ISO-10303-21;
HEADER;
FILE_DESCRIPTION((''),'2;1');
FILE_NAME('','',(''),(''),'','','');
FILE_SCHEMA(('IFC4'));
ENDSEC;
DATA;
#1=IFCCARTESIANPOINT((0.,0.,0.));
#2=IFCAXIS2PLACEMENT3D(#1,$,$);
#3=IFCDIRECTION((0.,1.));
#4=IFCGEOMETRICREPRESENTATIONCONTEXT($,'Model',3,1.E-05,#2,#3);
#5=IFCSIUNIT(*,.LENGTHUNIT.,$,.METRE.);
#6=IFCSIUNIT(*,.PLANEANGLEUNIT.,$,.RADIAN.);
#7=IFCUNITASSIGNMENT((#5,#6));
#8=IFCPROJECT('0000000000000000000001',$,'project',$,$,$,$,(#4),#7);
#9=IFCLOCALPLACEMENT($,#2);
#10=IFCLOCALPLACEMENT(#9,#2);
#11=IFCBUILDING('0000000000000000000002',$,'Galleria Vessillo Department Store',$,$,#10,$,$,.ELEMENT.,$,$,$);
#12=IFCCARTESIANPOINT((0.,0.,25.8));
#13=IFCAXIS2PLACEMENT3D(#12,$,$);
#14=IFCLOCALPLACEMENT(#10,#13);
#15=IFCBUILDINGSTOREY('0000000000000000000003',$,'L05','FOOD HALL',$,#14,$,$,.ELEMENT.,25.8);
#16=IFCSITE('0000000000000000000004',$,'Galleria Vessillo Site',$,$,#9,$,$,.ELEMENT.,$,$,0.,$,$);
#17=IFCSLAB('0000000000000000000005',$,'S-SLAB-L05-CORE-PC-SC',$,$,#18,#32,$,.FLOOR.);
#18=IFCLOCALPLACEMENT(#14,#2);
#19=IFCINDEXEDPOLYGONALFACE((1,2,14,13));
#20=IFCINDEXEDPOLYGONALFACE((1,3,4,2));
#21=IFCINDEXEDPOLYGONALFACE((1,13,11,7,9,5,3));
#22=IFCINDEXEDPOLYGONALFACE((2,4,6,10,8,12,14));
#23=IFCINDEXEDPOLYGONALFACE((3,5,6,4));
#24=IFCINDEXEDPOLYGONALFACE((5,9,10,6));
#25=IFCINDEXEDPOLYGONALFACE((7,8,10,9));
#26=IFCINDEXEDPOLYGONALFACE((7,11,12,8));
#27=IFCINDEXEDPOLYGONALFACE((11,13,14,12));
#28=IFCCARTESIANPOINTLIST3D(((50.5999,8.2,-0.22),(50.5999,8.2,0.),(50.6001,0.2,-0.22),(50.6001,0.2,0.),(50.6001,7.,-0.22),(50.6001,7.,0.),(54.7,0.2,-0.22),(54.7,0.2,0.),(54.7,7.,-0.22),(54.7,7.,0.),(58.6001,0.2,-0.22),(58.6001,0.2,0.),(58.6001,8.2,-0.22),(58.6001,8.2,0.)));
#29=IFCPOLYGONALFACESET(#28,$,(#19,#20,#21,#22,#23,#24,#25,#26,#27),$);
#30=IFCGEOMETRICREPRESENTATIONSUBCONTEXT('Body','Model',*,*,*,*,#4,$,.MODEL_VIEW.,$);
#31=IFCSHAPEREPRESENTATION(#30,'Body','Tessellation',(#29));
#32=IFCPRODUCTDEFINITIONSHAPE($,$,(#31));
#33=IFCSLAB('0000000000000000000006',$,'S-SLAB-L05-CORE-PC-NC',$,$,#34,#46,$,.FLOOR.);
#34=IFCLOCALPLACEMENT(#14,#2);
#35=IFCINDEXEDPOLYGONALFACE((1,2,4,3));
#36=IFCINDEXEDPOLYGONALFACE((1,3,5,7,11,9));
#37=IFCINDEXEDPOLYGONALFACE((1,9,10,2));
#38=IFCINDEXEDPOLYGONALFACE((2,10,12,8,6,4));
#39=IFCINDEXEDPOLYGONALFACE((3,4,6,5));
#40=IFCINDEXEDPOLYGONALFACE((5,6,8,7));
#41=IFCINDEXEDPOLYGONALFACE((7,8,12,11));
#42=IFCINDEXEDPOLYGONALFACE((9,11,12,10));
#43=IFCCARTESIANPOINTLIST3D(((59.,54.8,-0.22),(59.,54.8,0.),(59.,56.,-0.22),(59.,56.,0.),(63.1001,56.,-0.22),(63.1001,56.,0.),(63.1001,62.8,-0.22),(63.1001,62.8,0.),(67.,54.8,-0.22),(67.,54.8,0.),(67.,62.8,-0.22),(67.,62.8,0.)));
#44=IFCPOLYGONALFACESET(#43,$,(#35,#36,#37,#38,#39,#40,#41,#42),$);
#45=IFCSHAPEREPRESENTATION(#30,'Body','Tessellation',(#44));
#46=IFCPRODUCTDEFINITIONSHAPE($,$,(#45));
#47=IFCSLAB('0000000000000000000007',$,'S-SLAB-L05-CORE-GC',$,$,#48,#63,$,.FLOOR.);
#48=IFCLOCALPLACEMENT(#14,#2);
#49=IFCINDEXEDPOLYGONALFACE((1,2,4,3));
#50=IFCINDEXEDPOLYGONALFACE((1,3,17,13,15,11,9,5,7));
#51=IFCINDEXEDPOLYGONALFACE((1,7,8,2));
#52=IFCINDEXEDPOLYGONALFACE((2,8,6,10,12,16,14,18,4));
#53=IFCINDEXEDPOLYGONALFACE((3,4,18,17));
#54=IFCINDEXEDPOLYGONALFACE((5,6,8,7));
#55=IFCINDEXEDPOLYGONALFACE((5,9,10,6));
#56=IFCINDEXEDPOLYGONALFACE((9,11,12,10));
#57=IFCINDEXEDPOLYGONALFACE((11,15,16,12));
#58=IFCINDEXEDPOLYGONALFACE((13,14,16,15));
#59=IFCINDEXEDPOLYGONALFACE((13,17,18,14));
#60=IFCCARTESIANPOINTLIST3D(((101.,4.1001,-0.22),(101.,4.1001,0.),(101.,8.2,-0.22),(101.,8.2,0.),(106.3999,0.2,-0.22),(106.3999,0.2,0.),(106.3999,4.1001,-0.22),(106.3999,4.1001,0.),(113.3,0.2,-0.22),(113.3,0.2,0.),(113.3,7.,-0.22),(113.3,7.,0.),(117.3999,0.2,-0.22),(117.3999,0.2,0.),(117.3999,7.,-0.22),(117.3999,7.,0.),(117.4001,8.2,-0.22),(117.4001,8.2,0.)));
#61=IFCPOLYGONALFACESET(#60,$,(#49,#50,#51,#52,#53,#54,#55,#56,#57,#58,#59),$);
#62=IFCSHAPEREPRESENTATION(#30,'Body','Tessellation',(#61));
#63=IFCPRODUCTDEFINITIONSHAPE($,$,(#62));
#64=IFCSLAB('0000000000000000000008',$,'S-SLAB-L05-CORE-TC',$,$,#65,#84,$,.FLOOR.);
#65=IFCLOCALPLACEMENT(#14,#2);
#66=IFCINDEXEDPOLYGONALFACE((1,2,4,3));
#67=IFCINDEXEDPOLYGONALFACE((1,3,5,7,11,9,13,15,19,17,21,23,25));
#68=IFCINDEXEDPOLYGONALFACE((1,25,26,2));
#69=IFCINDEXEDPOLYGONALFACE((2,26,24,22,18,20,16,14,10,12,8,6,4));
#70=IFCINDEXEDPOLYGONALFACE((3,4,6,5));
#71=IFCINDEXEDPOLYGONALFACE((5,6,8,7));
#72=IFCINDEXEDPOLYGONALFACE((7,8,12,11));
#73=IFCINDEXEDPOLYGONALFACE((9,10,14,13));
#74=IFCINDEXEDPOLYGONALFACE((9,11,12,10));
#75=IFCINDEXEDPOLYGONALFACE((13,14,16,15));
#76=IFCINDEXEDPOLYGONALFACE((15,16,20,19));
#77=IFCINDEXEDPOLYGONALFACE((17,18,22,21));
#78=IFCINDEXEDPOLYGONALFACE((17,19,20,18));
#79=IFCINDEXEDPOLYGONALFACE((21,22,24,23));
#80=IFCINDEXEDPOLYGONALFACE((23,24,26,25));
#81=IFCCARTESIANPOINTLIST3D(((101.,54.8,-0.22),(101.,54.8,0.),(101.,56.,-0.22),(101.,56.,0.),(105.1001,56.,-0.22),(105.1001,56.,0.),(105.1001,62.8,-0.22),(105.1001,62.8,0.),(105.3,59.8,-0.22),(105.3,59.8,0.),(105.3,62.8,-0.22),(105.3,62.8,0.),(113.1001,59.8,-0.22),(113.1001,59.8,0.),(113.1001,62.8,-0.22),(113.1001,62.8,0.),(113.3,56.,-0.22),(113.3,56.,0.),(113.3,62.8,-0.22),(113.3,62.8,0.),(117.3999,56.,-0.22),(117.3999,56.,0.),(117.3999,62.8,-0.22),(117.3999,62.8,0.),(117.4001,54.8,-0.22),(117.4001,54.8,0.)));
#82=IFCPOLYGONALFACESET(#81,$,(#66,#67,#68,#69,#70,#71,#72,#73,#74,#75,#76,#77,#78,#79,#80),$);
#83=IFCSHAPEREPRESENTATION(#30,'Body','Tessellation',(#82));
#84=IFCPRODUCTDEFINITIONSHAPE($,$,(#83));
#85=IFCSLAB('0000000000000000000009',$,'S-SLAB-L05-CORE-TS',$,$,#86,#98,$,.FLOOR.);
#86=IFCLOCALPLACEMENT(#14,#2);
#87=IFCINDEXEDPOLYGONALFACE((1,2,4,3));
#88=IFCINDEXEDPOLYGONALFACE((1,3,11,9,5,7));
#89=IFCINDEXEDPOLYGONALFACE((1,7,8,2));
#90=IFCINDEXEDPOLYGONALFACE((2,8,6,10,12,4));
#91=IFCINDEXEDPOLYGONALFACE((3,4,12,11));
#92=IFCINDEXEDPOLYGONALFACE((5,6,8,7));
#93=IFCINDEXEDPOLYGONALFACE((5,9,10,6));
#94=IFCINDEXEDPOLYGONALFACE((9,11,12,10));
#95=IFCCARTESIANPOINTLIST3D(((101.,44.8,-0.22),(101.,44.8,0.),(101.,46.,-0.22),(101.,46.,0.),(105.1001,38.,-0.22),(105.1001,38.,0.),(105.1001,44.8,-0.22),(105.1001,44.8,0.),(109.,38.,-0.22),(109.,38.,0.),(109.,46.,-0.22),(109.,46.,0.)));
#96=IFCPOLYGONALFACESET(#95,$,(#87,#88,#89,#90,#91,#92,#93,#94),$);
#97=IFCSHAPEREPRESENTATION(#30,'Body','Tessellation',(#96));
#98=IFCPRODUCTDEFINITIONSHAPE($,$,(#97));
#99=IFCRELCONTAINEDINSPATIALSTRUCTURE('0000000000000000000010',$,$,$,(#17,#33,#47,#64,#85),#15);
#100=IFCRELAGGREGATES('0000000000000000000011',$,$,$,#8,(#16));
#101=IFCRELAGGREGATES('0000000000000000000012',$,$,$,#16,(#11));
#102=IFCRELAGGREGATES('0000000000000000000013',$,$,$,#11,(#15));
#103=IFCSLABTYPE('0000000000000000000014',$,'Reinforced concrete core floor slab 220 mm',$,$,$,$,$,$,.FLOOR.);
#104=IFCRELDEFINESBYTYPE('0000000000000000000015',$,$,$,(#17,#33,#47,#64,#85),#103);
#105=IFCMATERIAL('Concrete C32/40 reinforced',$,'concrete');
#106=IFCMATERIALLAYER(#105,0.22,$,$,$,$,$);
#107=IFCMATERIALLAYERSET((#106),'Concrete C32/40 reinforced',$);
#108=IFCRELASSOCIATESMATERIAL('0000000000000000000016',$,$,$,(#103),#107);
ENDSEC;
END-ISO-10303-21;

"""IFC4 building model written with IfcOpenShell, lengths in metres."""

from ifc_helpers import new_model, si_unit, direction, frame, origin, place, context, subcontext, project, spatial, polyline, outline, extrude, material, layer, layer_set, type_object, element, save


model = new_model("IFC4")

# Units and contexts
model_context = context("Model", 3, precision=1e-05, world=origin(), true_north=direction((0.0, 1.0)))
body_context = subcontext(model_context, "Body", "Model", "MODEL_VIEW")
ifc_project = project(units=[si_unit("LENGTHUNIT", "METRE"), si_unit("PLANEANGLEUNIT", "RADIAN")], contexts=[model_context])

# Site, building, storey
site_placement = place(None, origin())
site = spatial("IfcSite", under=ifc_project, at=site_placement, Name="Galleria Vessillo Site", CompositionType="ELEMENT", RefElevation=0.0)
building_placement = place(site_placement, origin())
building = spatial("IfcBuilding", under=site, at=building_placement, Name="Galleria Vessillo Department Store", CompositionType="ELEMENT")
storey_placement = place(building_placement, frame((0.0, 0.0, 25.8)))
storey = spatial("IfcBuildingStorey", under=building, at=storey_placement, Name="L05", Description="FOOD HALL", CompositionType="ELEMENT", Elevation=25.8)

# Slabs
ifc_material_1 = material(Name="Concrete C32/40 reinforced", Category="concrete")
ifc_layer_1 = layer(ifc_material_1, 0.22)
ifc_layer_set_1 = layer_set([ifc_layer_1], Name="Concrete C32/40 reinforced")
slab_type_1 = type_object("IfcSlabType", Name="Reinforced concrete core floor slab 220 mm", PredefinedType="FLOOR", material=ifc_layer_set_1)
slab_1_placement = place(storey_placement, frame((0.0, 0.0, -0.22)))
element("IfcSlab", 1, at=slab_1_placement, inside=storey, type_object=slab_type_1, Name="S-SLAB-L05-CORE-PC-SC", PredefinedType="FLOOR", context=body_context, shape_type="SweptSolid", body=[
    extrude(outline(polyline([(50.5999, 8.2), (58.6001, 8.2), (58.6001, 0.2), (54.7, 0.2), (54.7, 7.0), (50.6001, 7.0), (50.6001, 0.2), (50.5999, 8.2)])), origin(), (0.0, 0.0, 1.0), 0.22),
])
slab_2_placement = place(storey_placement, frame((0.0, 0.0, -0.22)))
element("IfcSlab", 2, at=slab_2_placement, inside=storey, type_object=slab_type_1, Name="S-SLAB-L05-CORE-PC-NC", PredefinedType="FLOOR", context=body_context, shape_type="SweptSolid", body=[
    extrude(outline(polyline([(67.0, 62.8), (67.0, 54.8), (59.0, 54.8), (59.0, 56.0), (63.1001, 56.0), (63.1001, 62.8), (67.0, 62.8)])), origin(), (0.0, 0.0, 1.0), 0.22),
])
slab_3_placement = place(storey_placement, frame((0.0, 0.0, -0.22)))
element("IfcSlab", 3, at=slab_3_placement, inside=storey, type_object=slab_type_1, Name="S-SLAB-L05-CORE-GC", PredefinedType="FLOOR", context=body_context, shape_type="SweptSolid", body=[
    extrude(outline(polyline([(101.0, 8.2), (117.4001, 8.2), (117.3999, 0.2), (117.3999, 7.0), (113.3, 7.0), (113.3, 0.2), (106.3999, 0.2), (106.3999, 4.1001), (101.0, 4.1001), (101.0, 8.2)])), origin(), (0.0, 0.0, 1.0), 0.22),
])
slab_4_placement = place(storey_placement, frame((0.0, 0.0, -0.22)))
element("IfcSlab", 4, at=slab_4_placement, inside=storey, type_object=slab_type_1, Name="S-SLAB-L05-CORE-TC", PredefinedType="FLOOR", context=body_context, shape_type="SweptSolid", body=[
    extrude(outline(polyline([(117.4001, 54.8), (101.0, 54.8), (101.0, 56.0), (105.1001, 56.0), (105.1001, 62.8), (105.3, 62.8), (105.3, 59.8), (113.1001, 59.8), (113.1001, 62.8), (113.3, 62.8), (113.3, 56.0), (117.3999, 56.0), (117.3999, 62.8), (117.4001, 54.8)])), origin(), (0.0, 0.0, 1.0), 0.22),
])
slab_5_placement = place(storey_placement, frame((0.0, 0.0, -0.22)))
element("IfcSlab", 5, at=slab_5_placement, inside=storey, type_object=slab_type_1, Name="S-SLAB-L05-CORE-TS", PredefinedType="FLOOR", context=body_context, shape_type="SweptSolid", body=[
    extrude(outline(polyline([(101.0, 46.0), (109.0, 46.0), (109.0, 38.0), (105.1001, 38.0), (105.1001, 44.8), (101.0, 44.8), (101.0, 46.0)])), origin(), (0.0, 0.0, 1.0), 0.22),
])

save(model, "model.ifc")
